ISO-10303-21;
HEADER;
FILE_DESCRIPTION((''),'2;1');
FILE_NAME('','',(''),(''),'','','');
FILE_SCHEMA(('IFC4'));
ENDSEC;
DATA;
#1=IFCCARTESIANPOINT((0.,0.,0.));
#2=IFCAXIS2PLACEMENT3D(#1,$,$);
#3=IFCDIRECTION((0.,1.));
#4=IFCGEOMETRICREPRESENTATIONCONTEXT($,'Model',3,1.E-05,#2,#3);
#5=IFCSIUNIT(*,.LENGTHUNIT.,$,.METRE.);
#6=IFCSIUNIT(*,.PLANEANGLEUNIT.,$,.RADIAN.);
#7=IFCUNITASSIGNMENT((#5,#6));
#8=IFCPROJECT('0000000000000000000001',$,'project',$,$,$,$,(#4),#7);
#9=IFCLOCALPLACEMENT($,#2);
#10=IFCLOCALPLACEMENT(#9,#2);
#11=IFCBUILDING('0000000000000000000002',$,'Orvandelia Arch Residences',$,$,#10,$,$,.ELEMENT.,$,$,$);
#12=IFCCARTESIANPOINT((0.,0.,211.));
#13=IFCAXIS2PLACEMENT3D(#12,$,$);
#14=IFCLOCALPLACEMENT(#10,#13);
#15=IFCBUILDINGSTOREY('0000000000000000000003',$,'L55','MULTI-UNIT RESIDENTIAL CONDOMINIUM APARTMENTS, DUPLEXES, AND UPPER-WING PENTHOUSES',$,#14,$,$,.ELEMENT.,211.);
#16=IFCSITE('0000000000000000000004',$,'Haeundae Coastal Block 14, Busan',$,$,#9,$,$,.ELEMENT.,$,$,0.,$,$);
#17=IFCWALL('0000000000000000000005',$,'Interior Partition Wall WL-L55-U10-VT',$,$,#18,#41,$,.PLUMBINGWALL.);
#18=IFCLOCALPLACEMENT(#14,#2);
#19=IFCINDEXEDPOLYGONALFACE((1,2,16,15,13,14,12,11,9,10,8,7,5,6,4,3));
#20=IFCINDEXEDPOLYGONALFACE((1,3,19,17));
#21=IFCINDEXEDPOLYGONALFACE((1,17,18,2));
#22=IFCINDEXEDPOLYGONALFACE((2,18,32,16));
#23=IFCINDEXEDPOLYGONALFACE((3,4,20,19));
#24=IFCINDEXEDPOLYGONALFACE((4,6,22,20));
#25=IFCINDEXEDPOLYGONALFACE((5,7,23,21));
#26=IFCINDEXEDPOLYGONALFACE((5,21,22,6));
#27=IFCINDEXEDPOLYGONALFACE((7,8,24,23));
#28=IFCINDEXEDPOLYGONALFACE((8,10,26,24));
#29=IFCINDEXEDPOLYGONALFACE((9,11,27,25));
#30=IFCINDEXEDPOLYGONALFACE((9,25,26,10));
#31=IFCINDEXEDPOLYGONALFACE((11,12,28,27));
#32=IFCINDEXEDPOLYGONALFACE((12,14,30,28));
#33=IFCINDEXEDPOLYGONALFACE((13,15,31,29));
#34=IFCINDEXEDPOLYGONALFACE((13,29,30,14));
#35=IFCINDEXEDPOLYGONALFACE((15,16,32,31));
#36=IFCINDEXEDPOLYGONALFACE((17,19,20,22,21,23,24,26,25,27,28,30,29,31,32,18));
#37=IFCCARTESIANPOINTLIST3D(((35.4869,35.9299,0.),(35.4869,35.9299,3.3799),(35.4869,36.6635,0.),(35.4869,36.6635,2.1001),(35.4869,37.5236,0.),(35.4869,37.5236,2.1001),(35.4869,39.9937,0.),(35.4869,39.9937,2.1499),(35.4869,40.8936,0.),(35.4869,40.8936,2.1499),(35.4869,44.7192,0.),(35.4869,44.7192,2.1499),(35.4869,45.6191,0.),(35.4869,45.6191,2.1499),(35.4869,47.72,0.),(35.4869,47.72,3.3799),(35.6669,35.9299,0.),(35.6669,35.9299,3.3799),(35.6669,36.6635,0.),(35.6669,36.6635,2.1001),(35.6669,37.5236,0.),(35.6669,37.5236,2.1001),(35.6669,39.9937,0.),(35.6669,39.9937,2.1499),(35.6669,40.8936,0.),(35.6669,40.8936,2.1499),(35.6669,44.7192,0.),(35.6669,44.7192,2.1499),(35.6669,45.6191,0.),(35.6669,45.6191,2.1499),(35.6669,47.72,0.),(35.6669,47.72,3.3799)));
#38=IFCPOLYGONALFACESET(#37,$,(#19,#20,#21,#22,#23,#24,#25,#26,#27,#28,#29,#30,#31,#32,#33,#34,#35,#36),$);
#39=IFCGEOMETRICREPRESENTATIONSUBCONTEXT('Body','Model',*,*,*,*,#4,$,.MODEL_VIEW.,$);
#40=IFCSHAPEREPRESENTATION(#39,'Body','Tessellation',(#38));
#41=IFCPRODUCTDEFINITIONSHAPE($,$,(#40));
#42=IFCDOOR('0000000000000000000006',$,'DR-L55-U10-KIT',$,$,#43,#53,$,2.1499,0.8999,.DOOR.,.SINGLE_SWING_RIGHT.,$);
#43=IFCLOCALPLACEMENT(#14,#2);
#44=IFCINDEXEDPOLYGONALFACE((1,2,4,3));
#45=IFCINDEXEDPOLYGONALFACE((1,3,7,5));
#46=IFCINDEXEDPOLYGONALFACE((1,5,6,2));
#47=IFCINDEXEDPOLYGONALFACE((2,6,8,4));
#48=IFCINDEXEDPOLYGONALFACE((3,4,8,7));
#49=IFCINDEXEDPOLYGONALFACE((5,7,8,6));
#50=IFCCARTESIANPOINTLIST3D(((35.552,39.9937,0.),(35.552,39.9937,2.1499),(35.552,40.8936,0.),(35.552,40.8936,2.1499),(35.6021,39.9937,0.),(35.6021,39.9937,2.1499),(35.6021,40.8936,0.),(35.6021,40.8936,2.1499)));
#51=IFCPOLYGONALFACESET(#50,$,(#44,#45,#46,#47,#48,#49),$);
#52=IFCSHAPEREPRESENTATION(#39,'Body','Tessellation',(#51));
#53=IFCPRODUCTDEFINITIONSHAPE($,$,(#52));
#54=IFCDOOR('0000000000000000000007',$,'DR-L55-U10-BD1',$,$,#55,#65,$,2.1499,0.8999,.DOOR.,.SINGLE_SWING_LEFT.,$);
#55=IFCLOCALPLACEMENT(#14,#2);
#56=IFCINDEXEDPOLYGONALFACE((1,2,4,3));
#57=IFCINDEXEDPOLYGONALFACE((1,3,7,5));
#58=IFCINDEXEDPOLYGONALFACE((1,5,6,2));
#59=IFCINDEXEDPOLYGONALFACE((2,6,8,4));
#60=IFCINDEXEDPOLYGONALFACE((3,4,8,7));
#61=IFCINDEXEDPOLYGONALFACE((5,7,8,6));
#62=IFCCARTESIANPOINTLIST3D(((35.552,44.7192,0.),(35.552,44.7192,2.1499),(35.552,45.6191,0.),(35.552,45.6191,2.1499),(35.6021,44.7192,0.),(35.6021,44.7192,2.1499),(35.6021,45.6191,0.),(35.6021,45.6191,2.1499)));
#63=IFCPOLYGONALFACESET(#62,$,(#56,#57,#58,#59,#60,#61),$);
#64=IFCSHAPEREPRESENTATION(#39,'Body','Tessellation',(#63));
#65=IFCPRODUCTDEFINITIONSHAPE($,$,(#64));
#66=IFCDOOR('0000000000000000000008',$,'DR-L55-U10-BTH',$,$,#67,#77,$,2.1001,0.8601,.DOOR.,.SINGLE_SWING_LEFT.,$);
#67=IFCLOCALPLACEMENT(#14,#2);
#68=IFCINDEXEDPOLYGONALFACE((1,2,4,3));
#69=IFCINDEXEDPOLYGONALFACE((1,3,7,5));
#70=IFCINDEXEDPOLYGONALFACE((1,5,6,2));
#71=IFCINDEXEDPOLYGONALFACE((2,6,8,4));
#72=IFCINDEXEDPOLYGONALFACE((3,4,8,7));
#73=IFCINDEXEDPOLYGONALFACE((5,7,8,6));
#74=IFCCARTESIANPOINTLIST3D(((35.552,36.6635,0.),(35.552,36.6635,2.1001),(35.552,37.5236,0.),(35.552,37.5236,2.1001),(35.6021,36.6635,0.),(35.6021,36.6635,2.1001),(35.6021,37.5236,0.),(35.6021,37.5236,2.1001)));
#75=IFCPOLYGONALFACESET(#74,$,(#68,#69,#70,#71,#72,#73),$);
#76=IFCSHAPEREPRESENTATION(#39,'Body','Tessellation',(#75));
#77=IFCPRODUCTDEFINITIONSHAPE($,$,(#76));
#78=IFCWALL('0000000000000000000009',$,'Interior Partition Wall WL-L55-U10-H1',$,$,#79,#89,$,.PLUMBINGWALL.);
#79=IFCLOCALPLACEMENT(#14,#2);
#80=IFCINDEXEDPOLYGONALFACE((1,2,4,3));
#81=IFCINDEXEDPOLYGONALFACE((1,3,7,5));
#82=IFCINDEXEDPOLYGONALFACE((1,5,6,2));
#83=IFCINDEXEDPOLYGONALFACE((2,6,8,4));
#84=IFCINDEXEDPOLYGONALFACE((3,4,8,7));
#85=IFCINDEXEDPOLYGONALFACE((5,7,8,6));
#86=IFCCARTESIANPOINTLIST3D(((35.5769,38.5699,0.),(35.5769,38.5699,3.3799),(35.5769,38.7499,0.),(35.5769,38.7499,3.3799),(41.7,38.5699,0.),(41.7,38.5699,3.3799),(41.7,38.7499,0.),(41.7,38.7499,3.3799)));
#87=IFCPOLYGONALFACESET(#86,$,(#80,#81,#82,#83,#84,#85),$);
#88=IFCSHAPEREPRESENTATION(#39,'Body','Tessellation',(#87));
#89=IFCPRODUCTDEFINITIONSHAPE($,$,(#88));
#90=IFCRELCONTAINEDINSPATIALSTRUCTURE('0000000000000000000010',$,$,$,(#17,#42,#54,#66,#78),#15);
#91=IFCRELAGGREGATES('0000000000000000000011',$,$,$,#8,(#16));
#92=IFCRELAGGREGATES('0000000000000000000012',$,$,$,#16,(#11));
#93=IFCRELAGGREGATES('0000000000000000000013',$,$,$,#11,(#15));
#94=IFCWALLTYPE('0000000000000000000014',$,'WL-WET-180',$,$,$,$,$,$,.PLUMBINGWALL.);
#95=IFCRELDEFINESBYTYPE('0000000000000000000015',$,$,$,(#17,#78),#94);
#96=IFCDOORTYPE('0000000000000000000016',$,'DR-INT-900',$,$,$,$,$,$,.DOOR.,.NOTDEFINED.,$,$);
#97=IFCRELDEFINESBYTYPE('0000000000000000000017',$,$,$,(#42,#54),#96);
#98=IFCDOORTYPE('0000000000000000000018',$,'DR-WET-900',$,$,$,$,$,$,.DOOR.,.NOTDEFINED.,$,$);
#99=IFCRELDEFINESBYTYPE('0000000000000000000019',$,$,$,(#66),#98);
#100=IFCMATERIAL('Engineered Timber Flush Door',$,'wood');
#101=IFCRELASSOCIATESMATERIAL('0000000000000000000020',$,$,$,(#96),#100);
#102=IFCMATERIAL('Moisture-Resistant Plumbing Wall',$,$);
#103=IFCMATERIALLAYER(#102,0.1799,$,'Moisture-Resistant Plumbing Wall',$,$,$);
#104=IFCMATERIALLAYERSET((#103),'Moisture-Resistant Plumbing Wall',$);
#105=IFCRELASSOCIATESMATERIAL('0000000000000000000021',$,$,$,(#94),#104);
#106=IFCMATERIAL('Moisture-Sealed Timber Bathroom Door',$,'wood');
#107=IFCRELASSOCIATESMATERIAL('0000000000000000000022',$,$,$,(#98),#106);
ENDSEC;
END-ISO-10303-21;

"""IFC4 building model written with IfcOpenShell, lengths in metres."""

from ifc_helpers import new_model, si_unit, direction, frame, frame_2d, origin, place, context, subcontext, project, spatial, rectangle, extrude, material, layer, layer_set, type_object, element, fill, save


model = new_model("IFC4")

# Units and contexts
model_context = context("Model", 3, precision=1e-05, world=origin(), true_north=direction((0.0, 1.0)))
body_context = subcontext(model_context, "Body", "Model", "MODEL_VIEW")
ifc_project = project(units=[si_unit("LENGTHUNIT", "METRE"), si_unit("PLANEANGLEUNIT", "RADIAN")], contexts=[model_context])

# Site, building, storey
site_placement = place(None, origin())
site = spatial("IfcSite", under=ifc_project, at=site_placement, Name="Haeundae Coastal Block 14, Busan", CompositionType="ELEMENT", RefElevation=0.0)
building_placement = place(site_placement, origin())
building = spatial("IfcBuilding", under=site, at=building_placement, Name="Orvandelia Arch Residences", CompositionType="ELEMENT")
storey_placement = place(building_placement, frame((0.0, 0.0, 211.0)))
storey = spatial("IfcBuildingStorey", under=building, at=storey_placement, Name="L55", Description="MULTI-UNIT RESIDENTIAL CONDOMINIUM APARTMENTS, DUPLEXES, AND UPPER-WING PENTHOUSES", CompositionType="ELEMENT", Elevation=211.0)

# Shared definitions
ifc_material_1 = material(Name="Engineered Timber Flush Door", Category="wood")
door_type_1 = type_object("IfcDoorType", Name="DR-INT-900", OperationType="NOTDEFINED", PredefinedType="DOOR", material=ifc_material_1)

# Wall, openings, doors
ifc_material_2 = material(Name="Moisture-Resistant Plumbing Wall")
ifc_layer_1 = layer(ifc_material_2, 0.1799, Name="Moisture-Resistant Plumbing Wall")
ifc_layer_set_1 = layer_set([ifc_layer_1], Name="Moisture-Resistant Plumbing Wall")
wall_type_1 = type_object("IfcWallType", Name="WL-WET-180", PredefinedType="PLUMBINGWALL", material=ifc_layer_set_1)
wall_1_placement = place(storey_placement, frame((35.5769, 35.9299, 0.0), z_axis=(0.0, 0.0, 1.0), x_axis=(0.0, 1.0, 0.0)))
wall_1 = element("IfcWall", 1, at=wall_1_placement, inside=storey, type_object=wall_type_1, Name="Interior Partition Wall WL-L55-U10-VT", PredefinedType="PLUMBINGWALL", context=body_context, shape_type="SweptSolid", body=[
    extrude(rectangle(XDim=11.79, YDim=0.1799, at=frame_2d((5.895, 0.0))), origin(), (0.0, 0.0, 1.0), 3.3799),
])
opening_1_placement = place(wall_1_placement, frame((0.7334, 0.0, 0.0)))
opening_1 = element("IfcOpeningElement", 2, at=opening_1_placement, cuts=wall_1, PredefinedType="OPENING", context=body_context, shape_type="SweptSolid", body=[
    extrude(rectangle(XDim=0.8601, YDim=2.1001, at=frame_2d((0.4302, 1.05))), frame((0.0, 0.1001, 0.0), z_axis=(0.0, -1.0, 0.0), x_axis=(1.0, 0.0, 0.0)), (0.0, 0.0, 1.0), 0.2),
])
opening_2_placement = place(wall_1_placement, frame((4.0637, 0.0, 0.0)))
opening_2 = element("IfcOpeningElement", 3, at=opening_2_placement, cuts=wall_1, PredefinedType="OPENING", context=body_context, shape_type="SweptSolid", body=[
    extrude(rectangle(XDim=0.8999, YDim=2.1499, at=frame_2d((0.45, 1.075))), frame((0.0, 0.1001, 0.0), z_axis=(0.0, -1.0, 0.0), x_axis=(1.0, 0.0, 0.0)), (0.0, 0.0, 1.0), 0.2),
])
opening_3_placement = place(wall_1_placement, frame((8.7893, 0.0, 0.0)))
opening_3 = element("IfcOpeningElement", 4, at=opening_3_placement, cuts=wall_1, PredefinedType="OPENING", context=body_context, shape_type="SweptSolid", body=[
    extrude(rectangle(XDim=0.8999, YDim=2.1499, at=frame_2d((0.45, 1.075))), frame((0.0, 0.1001, 0.0), z_axis=(0.0, -1.0, 0.0), x_axis=(1.0, 0.0, 0.0)), (0.0, 0.0, 1.0), 0.2),
])
door_1_placement = place(opening_2_placement, origin())
door_1 = element("IfcDoor", 5, at=door_1_placement, inside=storey, type_object=door_type_1, Name="DR-L55-U10-KIT", OperationType="SINGLE_SWING_RIGHT", OverallHeight=2.1499, OverallWidth=0.8999, PredefinedType="DOOR", context=body_context, shape_type="SweptSolid", body=[
    extrude(rectangle(XDim=0.8999, YDim=2.1499, at=frame_2d((0.45, 1.075))), frame((0.0, 0.0249, 0.0), z_axis=(0.0, -1.0, 0.0), x_axis=(1.0, 0.0, 0.0)), (0.0, 0.0, 1.0), 0.05),
])
fill(opening_2, door_1)
door_2_placement = place(opening_3_placement, origin())
door_2 = element("IfcDoor", 6, at=door_2_placement, inside=storey, type_object=door_type_1, Name="DR-L55-U10-BD1", OperationType="SINGLE_SWING_LEFT", OverallHeight=2.1499, OverallWidth=0.8999, PredefinedType="DOOR", context=body_context, shape_type="SweptSolid", body=[
    extrude(rectangle(XDim=0.8999, YDim=2.1499, at=frame_2d((0.45, 1.075))), frame((0.0, 0.0249, 0.0), z_axis=(0.0, -1.0, 0.0), x_axis=(1.0, 0.0, 0.0)), (0.0, 0.0, 1.0), 0.05),
])
fill(opening_3, door_2)
ifc_material_3 = material(Name="Moisture-Sealed Timber Bathroom Door", Category="wood")
door_type_2 = type_object("IfcDoorType", Name="DR-WET-900", OperationType="NOTDEFINED", PredefinedType="DOOR", material=ifc_material_3)
door_3_placement = place(opening_1_placement, origin())
door_3 = element("IfcDoor", 7, at=door_3_placement, inside=storey, type_object=door_type_2, Name="DR-L55-U10-BTH", OperationType="SINGLE_SWING_LEFT", OverallHeight=2.1001, OverallWidth=0.8601, PredefinedType="DOOR", context=body_context, shape_type="SweptSolid", body=[
    extrude(rectangle(XDim=0.8601, YDim=2.1001, at=frame_2d((0.4302, 1.05))), frame((0.0, 0.0249, 0.0), z_axis=(0.0, -1.0, 0.0), x_axis=(1.0, 0.0, 0.0)), (0.0, 0.0, 1.0), 0.05),
])
fill(opening_1, door_3)

# Wall
wall_2_placement = place(storey_placement, frame((35.5769, 38.6599, 0.0), z_axis=(0.0, 0.0, 1.0), x_axis=(1.0, 0.0, 0.0)))
element("IfcWall", 8, at=wall_2_placement, inside=storey, type_object=wall_type_1, Name="Interior Partition Wall WL-L55-U10-H1", PredefinedType="PLUMBINGWALL", context=body_context, shape_type="SweptSolid", body=[
    extrude(rectangle(XDim=6.123, YDim=0.1799, at=frame_2d((3.0615, 0.0))), origin(), (0.0, 0.0, 1.0), 3.3799),
])

save(model, "model.ifc")
